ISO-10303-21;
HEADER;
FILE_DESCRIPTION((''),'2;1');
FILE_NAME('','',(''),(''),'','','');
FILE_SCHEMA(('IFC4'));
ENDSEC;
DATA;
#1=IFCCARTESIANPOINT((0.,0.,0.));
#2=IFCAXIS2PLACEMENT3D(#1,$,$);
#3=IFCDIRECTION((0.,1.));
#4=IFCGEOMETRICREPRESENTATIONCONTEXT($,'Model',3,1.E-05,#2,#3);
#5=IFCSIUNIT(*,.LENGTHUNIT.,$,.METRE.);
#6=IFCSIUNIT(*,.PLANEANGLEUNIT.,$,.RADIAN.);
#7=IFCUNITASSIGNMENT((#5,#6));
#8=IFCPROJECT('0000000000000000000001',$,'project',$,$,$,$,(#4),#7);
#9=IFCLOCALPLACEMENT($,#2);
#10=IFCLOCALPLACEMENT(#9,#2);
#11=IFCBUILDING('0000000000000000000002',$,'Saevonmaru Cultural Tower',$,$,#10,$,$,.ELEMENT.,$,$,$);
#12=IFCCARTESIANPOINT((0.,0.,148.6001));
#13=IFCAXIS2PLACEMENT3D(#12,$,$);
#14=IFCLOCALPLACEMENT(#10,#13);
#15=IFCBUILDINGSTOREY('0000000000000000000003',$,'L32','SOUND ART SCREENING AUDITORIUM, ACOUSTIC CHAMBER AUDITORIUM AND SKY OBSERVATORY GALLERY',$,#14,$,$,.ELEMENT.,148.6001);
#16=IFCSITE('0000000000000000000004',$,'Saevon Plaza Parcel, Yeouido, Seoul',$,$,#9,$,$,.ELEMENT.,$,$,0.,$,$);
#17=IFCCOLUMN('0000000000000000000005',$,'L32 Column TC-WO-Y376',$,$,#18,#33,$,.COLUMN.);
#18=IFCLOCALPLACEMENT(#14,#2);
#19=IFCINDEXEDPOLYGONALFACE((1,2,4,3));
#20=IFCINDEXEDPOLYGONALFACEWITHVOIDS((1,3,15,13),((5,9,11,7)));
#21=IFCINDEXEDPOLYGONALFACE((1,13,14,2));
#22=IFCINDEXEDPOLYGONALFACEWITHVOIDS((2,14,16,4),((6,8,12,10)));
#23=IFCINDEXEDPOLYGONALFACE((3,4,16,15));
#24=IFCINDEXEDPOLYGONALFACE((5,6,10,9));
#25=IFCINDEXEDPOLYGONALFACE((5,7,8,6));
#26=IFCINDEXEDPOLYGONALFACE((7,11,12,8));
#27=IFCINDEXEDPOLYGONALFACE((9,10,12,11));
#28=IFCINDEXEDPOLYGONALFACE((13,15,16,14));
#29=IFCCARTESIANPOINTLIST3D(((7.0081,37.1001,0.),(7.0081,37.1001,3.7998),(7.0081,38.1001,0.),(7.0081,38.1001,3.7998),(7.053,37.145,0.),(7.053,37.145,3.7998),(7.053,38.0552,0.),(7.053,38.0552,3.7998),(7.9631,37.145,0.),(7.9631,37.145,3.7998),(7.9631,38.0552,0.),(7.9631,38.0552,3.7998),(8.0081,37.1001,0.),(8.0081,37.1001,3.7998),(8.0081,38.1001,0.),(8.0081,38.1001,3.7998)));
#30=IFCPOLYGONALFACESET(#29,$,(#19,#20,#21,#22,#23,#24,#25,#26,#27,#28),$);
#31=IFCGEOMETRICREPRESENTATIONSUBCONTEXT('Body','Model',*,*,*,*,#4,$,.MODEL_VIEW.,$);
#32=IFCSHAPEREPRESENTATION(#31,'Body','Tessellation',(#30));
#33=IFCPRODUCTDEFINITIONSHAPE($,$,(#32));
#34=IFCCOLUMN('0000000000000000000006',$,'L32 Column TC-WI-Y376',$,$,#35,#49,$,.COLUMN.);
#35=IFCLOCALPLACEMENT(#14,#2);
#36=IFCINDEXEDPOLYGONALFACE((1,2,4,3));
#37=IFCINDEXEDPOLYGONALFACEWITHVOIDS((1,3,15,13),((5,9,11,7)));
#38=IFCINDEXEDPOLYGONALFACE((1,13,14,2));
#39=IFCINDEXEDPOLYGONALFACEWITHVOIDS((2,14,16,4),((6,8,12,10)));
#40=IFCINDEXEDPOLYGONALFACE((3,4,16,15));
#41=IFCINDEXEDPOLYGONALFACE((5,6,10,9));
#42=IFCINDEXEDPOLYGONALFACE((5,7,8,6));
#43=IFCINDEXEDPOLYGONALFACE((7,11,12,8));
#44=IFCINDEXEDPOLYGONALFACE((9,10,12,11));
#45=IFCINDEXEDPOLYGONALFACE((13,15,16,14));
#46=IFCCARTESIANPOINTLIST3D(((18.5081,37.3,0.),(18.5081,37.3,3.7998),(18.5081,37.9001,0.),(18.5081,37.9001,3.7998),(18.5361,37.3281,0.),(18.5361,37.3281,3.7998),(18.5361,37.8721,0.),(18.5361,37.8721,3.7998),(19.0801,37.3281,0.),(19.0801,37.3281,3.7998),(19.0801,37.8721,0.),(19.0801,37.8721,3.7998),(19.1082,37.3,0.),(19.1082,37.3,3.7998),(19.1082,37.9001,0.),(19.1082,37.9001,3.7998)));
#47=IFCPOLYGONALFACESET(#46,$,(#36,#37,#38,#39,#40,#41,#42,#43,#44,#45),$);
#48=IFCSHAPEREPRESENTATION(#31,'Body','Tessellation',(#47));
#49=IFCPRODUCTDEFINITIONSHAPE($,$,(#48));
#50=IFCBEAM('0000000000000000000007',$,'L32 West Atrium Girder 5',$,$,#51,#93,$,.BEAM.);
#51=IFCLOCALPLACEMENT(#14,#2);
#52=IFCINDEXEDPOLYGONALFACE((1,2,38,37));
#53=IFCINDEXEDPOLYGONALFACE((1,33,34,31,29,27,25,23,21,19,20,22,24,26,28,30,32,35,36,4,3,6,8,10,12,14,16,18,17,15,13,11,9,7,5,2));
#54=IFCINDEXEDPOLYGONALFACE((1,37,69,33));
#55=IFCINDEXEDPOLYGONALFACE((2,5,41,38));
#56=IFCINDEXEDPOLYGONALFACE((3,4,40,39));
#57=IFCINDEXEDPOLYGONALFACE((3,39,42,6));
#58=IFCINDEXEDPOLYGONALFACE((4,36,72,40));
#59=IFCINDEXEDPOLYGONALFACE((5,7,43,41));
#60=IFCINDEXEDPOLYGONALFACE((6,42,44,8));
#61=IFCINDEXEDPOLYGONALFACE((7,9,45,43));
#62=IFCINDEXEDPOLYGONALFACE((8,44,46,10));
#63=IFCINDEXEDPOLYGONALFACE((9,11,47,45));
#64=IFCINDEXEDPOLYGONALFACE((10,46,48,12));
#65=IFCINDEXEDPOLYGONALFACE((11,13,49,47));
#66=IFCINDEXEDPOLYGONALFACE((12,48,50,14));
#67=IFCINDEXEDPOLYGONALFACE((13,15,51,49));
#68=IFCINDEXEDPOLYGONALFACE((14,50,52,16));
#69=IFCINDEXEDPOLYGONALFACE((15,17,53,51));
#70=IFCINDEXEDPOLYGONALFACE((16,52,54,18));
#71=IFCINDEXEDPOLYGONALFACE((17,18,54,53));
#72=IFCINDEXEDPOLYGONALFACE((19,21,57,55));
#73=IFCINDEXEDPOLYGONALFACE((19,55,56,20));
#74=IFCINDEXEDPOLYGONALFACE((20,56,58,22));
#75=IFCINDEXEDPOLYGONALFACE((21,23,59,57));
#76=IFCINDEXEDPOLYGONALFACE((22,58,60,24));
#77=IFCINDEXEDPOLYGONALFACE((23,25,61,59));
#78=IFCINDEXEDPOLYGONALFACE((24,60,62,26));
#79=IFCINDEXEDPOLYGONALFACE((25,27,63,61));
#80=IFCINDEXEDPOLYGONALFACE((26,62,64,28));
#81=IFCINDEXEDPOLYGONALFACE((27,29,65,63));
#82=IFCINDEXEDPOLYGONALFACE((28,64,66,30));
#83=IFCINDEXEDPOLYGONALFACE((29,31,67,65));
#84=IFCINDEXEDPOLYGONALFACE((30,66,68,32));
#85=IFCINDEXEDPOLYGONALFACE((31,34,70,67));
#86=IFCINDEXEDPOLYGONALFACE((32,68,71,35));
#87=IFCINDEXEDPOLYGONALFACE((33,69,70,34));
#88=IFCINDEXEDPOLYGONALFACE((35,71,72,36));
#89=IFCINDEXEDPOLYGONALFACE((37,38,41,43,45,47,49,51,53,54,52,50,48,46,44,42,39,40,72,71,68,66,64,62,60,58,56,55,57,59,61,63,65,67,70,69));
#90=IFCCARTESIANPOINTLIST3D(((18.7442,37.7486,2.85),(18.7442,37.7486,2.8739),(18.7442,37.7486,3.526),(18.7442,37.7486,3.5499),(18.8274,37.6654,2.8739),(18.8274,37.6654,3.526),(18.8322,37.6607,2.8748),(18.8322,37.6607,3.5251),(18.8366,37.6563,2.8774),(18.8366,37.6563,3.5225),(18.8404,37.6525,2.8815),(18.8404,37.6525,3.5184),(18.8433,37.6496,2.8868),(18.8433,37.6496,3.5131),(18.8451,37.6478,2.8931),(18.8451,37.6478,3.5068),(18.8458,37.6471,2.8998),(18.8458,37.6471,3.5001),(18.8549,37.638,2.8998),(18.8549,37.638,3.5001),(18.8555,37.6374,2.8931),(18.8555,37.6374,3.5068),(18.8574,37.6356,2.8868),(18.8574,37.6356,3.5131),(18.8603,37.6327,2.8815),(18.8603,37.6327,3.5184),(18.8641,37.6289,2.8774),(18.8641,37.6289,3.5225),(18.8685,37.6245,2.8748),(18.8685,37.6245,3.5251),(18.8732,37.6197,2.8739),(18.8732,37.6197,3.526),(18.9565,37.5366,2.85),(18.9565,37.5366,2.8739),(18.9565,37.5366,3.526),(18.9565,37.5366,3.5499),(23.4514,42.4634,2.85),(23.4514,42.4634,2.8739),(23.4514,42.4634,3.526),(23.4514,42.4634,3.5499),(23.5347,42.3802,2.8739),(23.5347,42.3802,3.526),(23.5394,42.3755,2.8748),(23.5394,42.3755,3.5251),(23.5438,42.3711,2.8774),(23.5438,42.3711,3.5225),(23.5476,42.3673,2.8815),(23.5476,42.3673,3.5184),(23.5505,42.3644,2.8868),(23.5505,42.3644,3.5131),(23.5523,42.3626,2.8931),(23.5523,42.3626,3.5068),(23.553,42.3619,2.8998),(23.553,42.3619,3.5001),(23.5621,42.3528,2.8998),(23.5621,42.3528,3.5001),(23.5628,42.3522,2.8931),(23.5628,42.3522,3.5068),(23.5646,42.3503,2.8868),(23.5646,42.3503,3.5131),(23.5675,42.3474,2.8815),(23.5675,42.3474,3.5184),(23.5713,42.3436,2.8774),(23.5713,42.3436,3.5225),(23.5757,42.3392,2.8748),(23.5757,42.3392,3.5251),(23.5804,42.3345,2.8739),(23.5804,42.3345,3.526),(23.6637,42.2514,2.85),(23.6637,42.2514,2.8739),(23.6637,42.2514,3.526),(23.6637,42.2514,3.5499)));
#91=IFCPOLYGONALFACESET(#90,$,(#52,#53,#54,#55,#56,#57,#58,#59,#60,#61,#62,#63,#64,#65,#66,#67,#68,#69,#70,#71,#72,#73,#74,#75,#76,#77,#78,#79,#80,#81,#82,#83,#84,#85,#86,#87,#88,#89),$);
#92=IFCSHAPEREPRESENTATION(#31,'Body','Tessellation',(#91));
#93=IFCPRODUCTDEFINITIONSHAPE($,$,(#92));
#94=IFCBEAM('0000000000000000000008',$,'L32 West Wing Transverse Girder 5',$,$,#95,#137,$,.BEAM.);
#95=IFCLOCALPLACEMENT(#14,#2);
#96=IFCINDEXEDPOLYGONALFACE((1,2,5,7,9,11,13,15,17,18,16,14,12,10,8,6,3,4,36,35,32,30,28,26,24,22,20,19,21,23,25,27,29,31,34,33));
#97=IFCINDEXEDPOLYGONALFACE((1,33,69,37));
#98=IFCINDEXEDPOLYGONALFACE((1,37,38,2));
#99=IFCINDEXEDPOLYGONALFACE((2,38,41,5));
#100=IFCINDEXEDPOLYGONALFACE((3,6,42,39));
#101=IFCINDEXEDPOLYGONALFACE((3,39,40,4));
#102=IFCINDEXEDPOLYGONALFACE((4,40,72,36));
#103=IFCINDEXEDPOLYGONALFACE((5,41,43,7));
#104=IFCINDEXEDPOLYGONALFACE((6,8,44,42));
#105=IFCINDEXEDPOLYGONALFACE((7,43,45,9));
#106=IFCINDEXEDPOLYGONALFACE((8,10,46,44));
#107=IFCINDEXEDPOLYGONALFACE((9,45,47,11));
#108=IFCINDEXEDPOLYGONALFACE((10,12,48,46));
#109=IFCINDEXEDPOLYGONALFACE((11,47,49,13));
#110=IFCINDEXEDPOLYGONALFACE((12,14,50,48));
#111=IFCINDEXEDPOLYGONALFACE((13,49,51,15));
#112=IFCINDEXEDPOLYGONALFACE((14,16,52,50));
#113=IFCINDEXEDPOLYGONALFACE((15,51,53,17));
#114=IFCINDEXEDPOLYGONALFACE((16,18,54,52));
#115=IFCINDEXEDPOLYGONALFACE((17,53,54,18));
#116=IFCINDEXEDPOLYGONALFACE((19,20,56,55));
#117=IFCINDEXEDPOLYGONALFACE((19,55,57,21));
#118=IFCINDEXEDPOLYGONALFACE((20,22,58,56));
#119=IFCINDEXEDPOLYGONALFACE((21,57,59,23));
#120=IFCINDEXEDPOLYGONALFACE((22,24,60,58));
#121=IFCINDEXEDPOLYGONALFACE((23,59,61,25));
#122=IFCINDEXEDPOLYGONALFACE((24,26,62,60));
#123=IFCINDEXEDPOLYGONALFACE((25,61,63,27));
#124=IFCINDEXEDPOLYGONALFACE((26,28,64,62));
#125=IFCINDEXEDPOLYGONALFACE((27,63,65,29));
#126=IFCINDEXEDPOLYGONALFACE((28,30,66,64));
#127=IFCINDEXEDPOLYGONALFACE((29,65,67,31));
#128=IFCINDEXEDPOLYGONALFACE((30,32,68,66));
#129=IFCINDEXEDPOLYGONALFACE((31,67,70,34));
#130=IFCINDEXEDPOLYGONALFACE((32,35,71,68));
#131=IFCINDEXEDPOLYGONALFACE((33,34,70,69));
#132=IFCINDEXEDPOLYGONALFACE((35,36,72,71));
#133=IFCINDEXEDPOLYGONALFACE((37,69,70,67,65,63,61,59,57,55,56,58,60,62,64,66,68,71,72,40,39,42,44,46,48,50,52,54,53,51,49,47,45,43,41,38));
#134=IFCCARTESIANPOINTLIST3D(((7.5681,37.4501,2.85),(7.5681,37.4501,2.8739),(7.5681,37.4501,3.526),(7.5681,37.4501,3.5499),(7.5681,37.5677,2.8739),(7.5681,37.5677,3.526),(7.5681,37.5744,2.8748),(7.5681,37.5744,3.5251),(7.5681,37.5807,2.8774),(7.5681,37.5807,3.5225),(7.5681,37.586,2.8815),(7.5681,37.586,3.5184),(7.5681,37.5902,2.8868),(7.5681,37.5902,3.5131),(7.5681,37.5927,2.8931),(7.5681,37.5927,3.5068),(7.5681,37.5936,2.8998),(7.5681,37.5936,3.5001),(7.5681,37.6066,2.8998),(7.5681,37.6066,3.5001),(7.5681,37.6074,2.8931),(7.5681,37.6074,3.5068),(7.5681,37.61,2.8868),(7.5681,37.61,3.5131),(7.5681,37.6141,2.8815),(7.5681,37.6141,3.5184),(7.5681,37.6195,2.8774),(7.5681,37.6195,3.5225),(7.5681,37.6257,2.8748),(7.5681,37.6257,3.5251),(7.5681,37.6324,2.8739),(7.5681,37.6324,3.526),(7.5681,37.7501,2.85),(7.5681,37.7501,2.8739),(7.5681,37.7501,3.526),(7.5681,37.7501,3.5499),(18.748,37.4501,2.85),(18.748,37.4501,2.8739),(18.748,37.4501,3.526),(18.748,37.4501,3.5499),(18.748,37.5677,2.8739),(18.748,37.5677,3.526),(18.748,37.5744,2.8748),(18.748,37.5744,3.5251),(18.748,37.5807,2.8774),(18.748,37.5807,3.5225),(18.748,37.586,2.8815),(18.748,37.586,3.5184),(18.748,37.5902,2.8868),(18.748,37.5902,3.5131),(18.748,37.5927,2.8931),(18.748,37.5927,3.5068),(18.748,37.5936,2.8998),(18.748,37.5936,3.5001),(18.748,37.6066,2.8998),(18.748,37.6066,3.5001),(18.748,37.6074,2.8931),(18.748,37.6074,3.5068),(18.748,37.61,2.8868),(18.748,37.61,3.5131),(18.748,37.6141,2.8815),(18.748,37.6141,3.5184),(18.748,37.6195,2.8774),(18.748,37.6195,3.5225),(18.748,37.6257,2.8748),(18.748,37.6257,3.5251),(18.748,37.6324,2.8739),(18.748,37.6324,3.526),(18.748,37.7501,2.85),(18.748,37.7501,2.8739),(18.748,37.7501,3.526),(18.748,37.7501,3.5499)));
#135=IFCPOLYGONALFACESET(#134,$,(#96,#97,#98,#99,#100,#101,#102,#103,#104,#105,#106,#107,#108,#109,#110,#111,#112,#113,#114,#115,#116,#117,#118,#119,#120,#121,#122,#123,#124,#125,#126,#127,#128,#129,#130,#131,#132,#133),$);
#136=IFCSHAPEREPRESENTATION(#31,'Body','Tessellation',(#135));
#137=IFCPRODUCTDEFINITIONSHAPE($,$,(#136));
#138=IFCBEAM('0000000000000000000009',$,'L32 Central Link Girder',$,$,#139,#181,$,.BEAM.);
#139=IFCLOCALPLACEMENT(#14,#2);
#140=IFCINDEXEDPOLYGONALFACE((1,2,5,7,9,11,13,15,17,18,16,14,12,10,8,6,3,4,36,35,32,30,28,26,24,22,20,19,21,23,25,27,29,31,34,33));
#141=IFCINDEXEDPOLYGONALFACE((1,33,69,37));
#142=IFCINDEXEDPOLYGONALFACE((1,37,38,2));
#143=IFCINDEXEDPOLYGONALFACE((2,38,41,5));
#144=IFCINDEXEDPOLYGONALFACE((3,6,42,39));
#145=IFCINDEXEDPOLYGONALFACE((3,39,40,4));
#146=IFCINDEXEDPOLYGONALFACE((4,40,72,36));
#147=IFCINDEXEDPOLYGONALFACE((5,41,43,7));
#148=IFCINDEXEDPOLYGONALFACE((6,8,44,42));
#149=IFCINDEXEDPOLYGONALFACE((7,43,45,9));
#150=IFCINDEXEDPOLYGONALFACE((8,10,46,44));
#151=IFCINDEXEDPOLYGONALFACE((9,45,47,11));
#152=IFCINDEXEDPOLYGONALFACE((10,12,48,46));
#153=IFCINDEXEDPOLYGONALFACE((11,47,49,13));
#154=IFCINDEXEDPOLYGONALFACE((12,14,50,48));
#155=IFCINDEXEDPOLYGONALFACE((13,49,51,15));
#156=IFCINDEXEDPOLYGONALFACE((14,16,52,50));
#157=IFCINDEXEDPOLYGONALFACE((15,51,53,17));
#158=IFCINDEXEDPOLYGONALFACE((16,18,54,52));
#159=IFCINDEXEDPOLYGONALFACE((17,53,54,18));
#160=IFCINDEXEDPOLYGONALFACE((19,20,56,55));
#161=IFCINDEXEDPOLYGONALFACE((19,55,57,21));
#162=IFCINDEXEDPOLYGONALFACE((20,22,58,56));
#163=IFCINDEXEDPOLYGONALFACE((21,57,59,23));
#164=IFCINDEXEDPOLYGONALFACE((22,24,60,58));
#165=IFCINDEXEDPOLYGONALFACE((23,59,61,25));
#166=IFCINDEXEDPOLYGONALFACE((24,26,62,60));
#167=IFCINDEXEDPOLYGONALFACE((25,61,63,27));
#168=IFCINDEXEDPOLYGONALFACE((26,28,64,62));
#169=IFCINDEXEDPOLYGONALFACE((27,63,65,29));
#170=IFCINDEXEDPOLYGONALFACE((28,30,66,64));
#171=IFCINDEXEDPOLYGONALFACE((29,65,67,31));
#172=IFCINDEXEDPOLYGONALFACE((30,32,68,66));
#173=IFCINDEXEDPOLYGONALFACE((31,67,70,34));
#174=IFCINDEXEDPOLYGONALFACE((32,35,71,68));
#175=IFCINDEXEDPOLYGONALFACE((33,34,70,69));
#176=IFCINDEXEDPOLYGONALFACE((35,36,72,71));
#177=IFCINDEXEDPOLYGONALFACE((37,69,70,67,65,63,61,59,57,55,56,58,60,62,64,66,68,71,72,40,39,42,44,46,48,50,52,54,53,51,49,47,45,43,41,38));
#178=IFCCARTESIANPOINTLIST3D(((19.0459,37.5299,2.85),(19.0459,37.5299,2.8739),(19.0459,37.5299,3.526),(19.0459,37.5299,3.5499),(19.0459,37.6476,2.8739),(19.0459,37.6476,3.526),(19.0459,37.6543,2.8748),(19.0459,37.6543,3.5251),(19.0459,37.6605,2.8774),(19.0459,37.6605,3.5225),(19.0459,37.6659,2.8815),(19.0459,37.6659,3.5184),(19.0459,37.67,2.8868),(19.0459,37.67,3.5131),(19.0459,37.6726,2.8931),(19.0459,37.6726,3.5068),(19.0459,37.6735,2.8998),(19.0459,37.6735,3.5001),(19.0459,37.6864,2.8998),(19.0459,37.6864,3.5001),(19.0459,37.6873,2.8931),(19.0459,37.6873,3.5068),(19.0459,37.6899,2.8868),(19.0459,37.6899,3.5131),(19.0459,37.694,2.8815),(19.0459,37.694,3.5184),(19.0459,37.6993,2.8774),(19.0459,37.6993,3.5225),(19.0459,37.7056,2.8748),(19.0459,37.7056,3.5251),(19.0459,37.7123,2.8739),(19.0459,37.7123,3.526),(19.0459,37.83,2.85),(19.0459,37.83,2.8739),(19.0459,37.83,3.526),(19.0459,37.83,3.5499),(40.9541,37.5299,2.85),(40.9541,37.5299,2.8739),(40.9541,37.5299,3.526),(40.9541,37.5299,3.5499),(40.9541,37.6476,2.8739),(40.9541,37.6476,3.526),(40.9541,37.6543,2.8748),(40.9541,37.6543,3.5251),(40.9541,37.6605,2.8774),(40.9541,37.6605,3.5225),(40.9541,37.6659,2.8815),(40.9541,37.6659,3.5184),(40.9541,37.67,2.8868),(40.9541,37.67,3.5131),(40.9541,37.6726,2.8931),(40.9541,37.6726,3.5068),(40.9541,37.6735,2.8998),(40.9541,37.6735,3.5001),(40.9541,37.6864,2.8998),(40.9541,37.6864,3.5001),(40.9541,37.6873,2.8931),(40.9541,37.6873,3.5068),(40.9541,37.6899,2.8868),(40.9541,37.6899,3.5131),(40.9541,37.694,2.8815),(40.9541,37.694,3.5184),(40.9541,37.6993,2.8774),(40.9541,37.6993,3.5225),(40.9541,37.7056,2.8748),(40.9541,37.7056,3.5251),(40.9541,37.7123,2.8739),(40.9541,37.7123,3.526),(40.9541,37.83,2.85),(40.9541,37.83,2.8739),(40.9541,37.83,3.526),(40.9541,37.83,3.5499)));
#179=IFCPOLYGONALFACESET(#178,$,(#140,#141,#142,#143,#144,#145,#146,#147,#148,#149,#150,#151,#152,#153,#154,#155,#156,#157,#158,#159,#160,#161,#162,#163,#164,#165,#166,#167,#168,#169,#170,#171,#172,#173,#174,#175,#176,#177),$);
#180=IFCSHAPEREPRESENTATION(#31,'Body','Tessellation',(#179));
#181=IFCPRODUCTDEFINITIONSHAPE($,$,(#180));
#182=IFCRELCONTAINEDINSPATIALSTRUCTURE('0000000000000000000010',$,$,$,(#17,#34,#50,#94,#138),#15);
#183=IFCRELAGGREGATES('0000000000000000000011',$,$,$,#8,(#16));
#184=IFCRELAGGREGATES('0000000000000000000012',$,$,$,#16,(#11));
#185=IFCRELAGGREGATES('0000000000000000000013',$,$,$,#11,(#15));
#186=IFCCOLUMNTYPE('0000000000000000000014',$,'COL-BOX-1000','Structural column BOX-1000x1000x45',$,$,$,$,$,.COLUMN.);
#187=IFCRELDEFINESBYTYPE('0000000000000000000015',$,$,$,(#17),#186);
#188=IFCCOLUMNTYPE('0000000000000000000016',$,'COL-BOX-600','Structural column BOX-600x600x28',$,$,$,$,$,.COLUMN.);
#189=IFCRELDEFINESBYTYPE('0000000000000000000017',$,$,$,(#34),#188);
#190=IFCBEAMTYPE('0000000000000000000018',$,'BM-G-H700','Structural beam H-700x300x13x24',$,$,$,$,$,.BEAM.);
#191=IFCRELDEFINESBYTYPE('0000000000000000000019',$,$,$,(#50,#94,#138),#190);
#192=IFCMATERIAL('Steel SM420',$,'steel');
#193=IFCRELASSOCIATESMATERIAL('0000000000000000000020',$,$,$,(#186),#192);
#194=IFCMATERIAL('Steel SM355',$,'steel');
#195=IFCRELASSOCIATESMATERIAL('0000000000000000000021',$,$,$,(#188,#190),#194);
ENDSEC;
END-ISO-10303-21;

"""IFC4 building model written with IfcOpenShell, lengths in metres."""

from ifc_helpers import new_model, si_unit, direction, frame, origin, origin_2d, place, context, subcontext, project, spatial, hollow_rectangle, i_section, extrude, material, material_profile, profile_set, type_object, element, save


model = new_model("IFC4")

# Units and contexts
model_context = context("Model", 3, precision=1e-05, world=origin(), true_north=direction((0.0, 1.0)))
body_context = subcontext(model_context, "Body", "Model", "MODEL_VIEW")
ifc_project = project(units=[si_unit("LENGTHUNIT", "METRE"), si_unit("PLANEANGLEUNIT", "RADIAN")], contexts=[model_context])

# Site, building, storey
site_placement = place(None, origin())
site = spatial("IfcSite", under=ifc_project, at=site_placement, Name="Saevon Plaza Parcel, Yeouido, Seoul", CompositionType="ELEMENT", RefElevation=0.0)
building_placement = place(site_placement, origin())
building = spatial("IfcBuilding", under=site, at=building_placement, Name="Saevonmaru Cultural Tower", CompositionType="ELEMENT")
storey_placement = place(building_placement, frame((0.0, 0.0, 148.6001)))
storey = spatial("IfcBuildingStorey", under=building, at=storey_placement, Name="L32", Description="SOUND ART SCREENING AUDITORIUM, ACOUSTIC CHAMBER AUDITORIUM AND SKY OBSERVATORY GALLERY", CompositionType="ELEMENT", Elevation=148.6001)

# Columns
ifc_material_1 = material(Name="Steel SM420", Category="steel")
ifc_material_profile_1 = material_profile(ifc_material_1, hollow_rectangle(XDim=1.0, YDim=1.0, WallThickness=0.0449, at=origin_2d()), Name="BOX-1000x1000x45")
ifc_profile_set_1 = profile_set([ifc_material_profile_1], Name="Steel SM420")
column_type_1 = type_object("IfcColumnType", Name="COL-BOX-1000", Description="Structural column BOX-1000x1000x45", PredefinedType="COLUMN", material=ifc_profile_set_1)
column_1_placement = place(storey_placement, frame((7.5081, 37.6001, 0.0), z_axis=(0.0, 0.0, 1.0), x_axis=(1.0, 0.0, 0.0)))
element("IfcColumn", 1, at=column_1_placement, inside=storey, type_object=column_type_1, Name="L32 Column TC-WO-Y376", PredefinedType="COLUMN", context=body_context, shape_type="SweptSolid", body=[
    extrude(hollow_rectangle(XDim=1.0, YDim=1.0, WallThickness=0.0449, at=origin_2d()), origin(), (0.0, 0.0, 1.0), 3.7998),
])
ifc_material_2 = material(Name="Steel SM355", Category="steel")
ifc_material_profile_2 = material_profile(ifc_material_2, hollow_rectangle(XDim=0.6001, YDim=0.6001, WallThickness=0.0281, at=origin_2d()), Name="BOX-600x600x28")
ifc_profile_set_2 = profile_set([ifc_material_profile_2], Name="Steel SM355")
column_type_2 = type_object("IfcColumnType", Name="COL-BOX-600", Description="Structural column BOX-600x600x28", PredefinedType="COLUMN", material=ifc_profile_set_2)
column_2_placement = place(storey_placement, frame((18.8081, 37.6001, 0.0), z_axis=(0.0, 0.0, 1.0), x_axis=(1.0, 0.0, 0.0)))
element("IfcColumn", 2, at=column_2_placement, inside=storey, type_object=column_type_2, Name="L32 Column TC-WI-Y376", PredefinedType="COLUMN", context=body_context, shape_type="SweptSolid", body=[
    extrude(hollow_rectangle(XDim=0.6001, YDim=0.6001, WallThickness=0.0281, at=origin_2d()), origin(), (0.0, 0.0, 1.0), 3.7998),
])

# Beams
ifc_material_profile_3 = material_profile(ifc_material_2, i_section(OverallWidth=0.3, OverallDepth=0.7, WebThickness=0.0129, FlangeThickness=0.0239, FilletRadius=0.0259, at=origin_2d()), Name="H-700x300x13x24")
ifc_profile_set_3 = profile_set([ifc_material_profile_3], Name="Steel SM355")
beam_type_1 = type_object("IfcBeamType", Name="BM-G-H700", Description="Structural beam H-700x300x13x24", PredefinedType="BEAM", material=ifc_profile_set_3)
beam_1_placement = place(storey_placement, frame((18.8503, 37.6426, 3.2), z_axis=(0.706539, 0.707675, 0.0), x_axis=(-0.707675, 0.706539, 0.0)))
element("IfcBeam", 3, at=beam_1_placement, inside=storey, type_object=beam_type_1, Name="L32 West Atrium Girder 5", PredefinedType="BEAM", context=body_context, shape_type="SweptSolid", body=[
    extrude(i_section(OverallWidth=0.3, OverallDepth=0.7, WebThickness=0.0129, FlangeThickness=0.0239, FilletRadius=0.0259, at=origin_2d()), origin(), (0.0, 0.0, 1.0), 6.6624),
])
beam_2_placement = place(storey_placement, frame((7.5681, 37.6001, 3.2), z_axis=(1.0, 0.0, 0.0), x_axis=(0.0, 1.0, 0.0)))
element("IfcBeam", 4, at=beam_2_placement, inside=storey, type_object=beam_type_1, Name="L32 West Wing Transverse Girder 5", PredefinedType="BEAM", context=body_context, shape_type="SweptSolid", body=[
    extrude(i_section(OverallWidth=0.3, OverallDepth=0.7, WebThickness=0.0129, FlangeThickness=0.0239, FilletRadius=0.0259, at=origin_2d()), origin(), (0.0, 0.0, 1.0), 11.1799),
])
beam_3_placement = place(storey_placement, frame((19.0459, 37.6799, 3.2), z_axis=(1.0, 0.0, 0.0), x_axis=(0.0, 1.0, 0.0)))
element("IfcBeam", 5, at=beam_3_placement, inside=storey, type_object=beam_type_1, Name="L32 Central Link Girder", PredefinedType="BEAM", context=body_context, shape_type="SweptSolid", body=[
    extrude(i_section(OverallWidth=0.3, OverallDepth=0.7, WebThickness=0.0129, FlangeThickness=0.0239, FilletRadius=0.0259, at=origin_2d()), origin(), (0.0, 0.0, 1.0), 21.9082),
])

save(model, "model.ifc")
